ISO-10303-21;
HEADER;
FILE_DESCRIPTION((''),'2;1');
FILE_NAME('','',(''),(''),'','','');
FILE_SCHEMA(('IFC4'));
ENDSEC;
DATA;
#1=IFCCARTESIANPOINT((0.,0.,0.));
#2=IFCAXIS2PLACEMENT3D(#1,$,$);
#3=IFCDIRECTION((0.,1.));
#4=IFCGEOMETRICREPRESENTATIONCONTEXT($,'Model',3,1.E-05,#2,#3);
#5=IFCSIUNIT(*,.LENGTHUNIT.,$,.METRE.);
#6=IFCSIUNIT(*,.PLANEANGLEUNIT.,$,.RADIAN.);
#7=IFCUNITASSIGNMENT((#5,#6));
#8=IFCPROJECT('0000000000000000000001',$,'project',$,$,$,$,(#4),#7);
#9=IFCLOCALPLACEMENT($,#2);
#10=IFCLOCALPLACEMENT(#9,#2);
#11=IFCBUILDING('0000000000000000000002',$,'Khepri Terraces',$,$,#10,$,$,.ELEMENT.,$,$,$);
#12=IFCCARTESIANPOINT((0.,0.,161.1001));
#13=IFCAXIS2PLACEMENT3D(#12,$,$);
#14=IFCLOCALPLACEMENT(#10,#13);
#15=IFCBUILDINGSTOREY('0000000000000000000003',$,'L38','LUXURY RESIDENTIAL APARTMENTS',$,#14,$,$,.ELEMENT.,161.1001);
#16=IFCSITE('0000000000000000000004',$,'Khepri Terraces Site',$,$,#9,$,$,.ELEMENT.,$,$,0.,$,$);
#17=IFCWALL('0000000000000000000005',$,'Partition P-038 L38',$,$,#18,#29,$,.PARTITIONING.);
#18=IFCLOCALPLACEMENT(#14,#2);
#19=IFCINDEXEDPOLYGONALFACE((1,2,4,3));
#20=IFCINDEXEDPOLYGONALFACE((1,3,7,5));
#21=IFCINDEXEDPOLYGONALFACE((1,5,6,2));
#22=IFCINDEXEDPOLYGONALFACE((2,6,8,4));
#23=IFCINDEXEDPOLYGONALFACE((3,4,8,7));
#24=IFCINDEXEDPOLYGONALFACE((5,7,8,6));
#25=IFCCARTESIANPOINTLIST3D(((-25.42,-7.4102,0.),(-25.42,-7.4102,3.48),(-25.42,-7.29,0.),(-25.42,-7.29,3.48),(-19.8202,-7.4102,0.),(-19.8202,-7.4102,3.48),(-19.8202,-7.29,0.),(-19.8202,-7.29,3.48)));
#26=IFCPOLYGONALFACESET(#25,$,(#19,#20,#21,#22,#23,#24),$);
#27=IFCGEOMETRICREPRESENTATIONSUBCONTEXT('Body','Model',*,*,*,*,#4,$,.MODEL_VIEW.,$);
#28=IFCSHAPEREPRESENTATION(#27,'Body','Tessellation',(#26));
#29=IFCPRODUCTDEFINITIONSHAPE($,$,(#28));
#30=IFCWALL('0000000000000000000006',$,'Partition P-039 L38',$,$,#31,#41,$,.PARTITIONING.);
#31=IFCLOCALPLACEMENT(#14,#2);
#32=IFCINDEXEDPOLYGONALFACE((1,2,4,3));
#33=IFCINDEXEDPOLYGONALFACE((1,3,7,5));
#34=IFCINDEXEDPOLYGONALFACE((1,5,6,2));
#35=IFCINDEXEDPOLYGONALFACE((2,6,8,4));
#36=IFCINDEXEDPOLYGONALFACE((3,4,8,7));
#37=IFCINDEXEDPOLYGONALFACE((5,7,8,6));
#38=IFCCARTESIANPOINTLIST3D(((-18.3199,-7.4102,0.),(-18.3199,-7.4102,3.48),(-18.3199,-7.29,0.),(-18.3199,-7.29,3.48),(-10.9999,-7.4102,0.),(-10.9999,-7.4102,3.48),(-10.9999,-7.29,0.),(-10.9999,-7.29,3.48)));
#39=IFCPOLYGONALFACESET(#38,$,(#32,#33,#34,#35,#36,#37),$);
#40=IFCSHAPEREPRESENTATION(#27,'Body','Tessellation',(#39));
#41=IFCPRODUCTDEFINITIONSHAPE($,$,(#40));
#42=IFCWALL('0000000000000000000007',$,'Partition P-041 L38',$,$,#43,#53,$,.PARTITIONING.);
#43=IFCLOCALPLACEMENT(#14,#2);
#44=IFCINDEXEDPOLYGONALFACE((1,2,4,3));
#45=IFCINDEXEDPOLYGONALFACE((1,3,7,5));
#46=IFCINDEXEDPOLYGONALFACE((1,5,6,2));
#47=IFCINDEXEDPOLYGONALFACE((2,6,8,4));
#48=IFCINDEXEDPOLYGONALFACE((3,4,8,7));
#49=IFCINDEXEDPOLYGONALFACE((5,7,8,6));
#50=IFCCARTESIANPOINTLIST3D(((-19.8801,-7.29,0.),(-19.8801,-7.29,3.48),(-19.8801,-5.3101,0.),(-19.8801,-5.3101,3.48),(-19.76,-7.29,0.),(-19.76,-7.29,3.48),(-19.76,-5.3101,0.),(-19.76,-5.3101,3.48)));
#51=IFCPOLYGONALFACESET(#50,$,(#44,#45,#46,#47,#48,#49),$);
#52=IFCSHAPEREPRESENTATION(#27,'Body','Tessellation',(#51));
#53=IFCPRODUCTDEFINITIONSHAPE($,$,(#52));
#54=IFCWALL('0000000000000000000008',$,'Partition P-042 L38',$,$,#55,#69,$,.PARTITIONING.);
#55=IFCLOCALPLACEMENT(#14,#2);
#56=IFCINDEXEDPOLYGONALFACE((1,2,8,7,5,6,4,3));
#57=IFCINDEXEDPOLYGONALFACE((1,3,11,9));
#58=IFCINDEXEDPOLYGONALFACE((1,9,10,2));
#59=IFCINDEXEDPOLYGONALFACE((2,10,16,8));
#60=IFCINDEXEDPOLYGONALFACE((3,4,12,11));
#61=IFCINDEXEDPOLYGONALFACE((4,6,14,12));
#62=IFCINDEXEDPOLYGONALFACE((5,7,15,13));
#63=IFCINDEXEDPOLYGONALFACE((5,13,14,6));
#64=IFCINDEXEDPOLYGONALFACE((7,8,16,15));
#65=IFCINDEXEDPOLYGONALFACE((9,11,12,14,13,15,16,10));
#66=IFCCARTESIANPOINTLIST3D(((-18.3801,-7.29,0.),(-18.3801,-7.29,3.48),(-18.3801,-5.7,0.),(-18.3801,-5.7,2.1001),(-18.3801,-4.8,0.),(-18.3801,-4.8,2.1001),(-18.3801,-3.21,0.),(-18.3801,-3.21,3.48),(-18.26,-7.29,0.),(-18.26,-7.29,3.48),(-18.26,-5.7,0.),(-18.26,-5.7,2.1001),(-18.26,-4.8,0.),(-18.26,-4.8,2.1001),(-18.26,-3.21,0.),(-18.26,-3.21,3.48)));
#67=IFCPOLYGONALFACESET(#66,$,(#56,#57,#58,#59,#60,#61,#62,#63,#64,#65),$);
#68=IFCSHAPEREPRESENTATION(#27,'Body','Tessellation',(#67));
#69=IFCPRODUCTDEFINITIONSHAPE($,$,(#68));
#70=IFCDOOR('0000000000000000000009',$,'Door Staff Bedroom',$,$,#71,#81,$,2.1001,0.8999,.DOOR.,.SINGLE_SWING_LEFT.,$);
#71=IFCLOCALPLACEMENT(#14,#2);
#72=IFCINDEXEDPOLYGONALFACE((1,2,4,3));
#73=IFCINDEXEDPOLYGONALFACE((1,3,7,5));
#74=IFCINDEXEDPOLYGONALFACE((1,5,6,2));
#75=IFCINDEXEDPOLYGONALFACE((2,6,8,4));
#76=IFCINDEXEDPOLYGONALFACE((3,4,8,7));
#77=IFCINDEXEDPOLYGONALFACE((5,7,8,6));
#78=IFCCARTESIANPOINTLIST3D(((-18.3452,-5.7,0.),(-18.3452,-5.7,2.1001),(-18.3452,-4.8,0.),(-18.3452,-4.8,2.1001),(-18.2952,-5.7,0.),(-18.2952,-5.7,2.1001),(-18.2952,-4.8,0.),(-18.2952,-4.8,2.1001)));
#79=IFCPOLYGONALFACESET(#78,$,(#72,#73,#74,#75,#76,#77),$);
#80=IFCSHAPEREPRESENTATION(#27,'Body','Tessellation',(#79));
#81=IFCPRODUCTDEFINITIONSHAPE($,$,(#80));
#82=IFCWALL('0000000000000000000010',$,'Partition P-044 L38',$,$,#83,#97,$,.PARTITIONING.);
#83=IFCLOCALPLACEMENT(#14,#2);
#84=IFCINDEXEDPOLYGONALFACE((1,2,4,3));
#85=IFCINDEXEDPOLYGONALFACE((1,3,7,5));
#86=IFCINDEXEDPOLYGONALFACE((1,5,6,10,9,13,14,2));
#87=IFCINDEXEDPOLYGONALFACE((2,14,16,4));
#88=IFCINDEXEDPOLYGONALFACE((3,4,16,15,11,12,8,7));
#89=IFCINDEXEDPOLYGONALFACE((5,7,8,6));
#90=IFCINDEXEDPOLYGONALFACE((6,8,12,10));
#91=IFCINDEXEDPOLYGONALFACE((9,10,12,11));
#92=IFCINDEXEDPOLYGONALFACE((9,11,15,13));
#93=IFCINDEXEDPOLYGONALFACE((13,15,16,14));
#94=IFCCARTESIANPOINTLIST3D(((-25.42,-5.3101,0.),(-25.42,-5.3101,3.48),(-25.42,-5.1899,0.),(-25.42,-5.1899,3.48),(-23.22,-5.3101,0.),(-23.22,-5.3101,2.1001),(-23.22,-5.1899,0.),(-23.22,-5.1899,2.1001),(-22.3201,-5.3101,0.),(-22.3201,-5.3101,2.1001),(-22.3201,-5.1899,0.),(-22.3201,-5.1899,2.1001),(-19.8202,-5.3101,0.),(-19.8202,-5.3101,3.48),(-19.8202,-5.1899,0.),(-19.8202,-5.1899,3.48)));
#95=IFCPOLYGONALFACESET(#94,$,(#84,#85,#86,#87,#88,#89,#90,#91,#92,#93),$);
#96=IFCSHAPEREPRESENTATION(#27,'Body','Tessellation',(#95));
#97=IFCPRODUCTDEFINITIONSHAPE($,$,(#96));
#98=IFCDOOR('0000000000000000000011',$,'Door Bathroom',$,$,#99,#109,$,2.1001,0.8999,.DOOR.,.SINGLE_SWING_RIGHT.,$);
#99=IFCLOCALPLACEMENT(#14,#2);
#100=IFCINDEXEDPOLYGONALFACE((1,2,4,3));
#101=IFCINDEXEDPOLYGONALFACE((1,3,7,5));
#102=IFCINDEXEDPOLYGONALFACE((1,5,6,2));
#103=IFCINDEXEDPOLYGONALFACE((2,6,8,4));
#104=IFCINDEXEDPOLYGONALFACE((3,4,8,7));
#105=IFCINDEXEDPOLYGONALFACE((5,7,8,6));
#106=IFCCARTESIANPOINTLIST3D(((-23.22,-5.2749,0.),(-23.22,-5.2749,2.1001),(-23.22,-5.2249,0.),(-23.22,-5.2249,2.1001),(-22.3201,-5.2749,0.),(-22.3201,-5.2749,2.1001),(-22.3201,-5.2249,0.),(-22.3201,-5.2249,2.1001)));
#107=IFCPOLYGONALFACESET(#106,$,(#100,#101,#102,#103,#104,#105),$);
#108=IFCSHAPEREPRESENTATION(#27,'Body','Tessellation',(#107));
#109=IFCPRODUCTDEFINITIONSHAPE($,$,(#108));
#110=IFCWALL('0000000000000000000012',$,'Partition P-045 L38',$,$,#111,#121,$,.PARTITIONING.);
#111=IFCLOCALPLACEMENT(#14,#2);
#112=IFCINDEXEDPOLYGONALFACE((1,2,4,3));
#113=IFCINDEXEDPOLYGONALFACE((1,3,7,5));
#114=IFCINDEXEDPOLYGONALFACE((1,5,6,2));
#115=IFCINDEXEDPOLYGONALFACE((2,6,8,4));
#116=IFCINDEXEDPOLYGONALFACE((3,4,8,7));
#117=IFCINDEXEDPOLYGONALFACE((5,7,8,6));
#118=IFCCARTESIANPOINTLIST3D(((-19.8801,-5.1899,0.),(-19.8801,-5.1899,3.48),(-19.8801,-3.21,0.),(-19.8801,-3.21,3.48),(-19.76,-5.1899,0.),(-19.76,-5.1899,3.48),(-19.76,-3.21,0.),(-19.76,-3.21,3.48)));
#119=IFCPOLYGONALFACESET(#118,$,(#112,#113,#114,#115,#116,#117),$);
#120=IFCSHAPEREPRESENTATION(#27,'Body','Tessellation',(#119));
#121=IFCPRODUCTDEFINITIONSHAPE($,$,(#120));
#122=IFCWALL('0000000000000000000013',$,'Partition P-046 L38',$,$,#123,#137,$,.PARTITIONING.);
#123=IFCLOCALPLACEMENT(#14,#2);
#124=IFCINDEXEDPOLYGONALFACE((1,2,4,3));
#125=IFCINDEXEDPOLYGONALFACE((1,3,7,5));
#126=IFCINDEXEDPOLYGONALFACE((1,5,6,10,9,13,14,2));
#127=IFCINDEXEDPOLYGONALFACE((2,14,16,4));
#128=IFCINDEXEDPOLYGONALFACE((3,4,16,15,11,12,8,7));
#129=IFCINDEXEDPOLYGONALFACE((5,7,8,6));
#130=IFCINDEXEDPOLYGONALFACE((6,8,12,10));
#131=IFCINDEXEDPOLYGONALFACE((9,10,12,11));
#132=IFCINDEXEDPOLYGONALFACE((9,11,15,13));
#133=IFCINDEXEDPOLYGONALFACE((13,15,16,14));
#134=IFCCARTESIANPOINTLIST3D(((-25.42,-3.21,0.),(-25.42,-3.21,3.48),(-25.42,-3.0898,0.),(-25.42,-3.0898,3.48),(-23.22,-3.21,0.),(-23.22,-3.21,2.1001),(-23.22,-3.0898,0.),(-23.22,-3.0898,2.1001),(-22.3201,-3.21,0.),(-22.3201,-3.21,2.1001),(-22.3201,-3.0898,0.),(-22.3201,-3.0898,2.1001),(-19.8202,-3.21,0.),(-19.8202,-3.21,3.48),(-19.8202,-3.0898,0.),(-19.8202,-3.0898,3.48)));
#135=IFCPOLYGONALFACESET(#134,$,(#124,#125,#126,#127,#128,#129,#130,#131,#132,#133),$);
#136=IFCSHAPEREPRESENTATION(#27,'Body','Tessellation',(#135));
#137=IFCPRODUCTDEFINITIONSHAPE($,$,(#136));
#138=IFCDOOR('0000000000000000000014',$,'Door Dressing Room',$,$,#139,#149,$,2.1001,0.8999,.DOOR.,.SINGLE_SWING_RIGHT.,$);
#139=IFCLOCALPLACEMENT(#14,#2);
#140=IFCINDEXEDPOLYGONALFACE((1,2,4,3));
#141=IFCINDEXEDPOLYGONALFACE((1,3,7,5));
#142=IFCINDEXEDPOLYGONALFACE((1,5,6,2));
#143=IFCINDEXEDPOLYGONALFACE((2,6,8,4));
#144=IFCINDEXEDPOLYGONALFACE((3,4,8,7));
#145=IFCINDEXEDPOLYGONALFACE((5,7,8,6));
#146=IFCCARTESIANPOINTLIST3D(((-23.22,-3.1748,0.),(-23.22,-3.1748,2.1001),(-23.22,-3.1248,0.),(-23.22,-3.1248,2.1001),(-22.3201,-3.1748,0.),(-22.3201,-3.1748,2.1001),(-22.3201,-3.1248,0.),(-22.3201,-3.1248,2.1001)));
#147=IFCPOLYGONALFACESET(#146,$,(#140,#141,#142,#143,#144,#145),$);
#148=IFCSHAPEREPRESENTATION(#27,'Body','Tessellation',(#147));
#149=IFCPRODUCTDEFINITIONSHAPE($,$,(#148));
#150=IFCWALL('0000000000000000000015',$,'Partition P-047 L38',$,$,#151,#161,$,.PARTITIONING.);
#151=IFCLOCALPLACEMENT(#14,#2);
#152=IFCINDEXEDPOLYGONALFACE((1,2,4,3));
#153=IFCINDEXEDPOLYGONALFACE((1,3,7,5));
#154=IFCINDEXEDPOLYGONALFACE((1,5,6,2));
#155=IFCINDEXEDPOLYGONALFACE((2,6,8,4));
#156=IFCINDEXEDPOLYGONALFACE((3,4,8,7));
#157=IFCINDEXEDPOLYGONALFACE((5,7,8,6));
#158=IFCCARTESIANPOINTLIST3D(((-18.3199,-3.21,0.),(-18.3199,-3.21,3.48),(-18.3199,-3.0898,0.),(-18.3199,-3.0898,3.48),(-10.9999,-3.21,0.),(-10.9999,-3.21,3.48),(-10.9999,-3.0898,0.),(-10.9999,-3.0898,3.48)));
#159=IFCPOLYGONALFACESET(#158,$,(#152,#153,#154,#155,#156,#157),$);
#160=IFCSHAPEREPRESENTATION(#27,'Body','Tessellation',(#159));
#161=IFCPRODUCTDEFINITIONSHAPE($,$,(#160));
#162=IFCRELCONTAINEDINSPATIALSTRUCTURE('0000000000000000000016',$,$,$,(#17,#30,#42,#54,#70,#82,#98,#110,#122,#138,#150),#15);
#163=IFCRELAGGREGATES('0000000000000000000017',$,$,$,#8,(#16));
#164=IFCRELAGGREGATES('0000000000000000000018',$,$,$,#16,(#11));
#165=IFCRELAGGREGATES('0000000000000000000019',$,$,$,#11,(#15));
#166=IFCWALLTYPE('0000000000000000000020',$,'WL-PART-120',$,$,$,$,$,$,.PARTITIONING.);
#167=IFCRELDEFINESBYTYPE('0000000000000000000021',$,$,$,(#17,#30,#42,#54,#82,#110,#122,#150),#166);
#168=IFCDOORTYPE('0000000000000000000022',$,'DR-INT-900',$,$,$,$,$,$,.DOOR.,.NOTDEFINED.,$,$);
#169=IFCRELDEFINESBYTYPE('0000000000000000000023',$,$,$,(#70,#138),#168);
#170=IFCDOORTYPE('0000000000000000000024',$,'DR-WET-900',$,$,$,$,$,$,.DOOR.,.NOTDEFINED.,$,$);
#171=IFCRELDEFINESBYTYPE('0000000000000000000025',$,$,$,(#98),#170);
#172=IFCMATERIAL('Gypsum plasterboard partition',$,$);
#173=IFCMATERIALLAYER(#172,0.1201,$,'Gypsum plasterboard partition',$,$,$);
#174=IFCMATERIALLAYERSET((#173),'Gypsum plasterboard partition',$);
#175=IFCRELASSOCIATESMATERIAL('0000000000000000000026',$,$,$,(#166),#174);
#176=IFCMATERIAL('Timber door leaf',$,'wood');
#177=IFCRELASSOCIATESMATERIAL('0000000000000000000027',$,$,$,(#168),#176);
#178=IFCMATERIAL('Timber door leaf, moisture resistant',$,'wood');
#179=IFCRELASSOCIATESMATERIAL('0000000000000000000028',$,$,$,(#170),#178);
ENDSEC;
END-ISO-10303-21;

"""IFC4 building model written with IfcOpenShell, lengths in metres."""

from ifc_helpers import new_model, si_unit, direction, frame, frame_2d, origin, place, context, subcontext, project, spatial, rectangle, extrude, material, layer, layer_set, type_object, element, fill, save


model = new_model("IFC4")

# Units and contexts
model_context = context("Model", 3, precision=1e-05, world=origin(), true_north=direction((0.0, 1.0)))
body_context = subcontext(model_context, "Body", "Model", "MODEL_VIEW")
ifc_project = project(units=[si_unit("LENGTHUNIT", "METRE"), si_unit("PLANEANGLEUNIT", "RADIAN")], contexts=[model_context])

# Site, building, storey
site_placement = place(None, origin())
site = spatial("IfcSite", under=ifc_project, at=site_placement, Name="Khepri Terraces Site", CompositionType="ELEMENT", RefElevation=0.0)
building_placement = place(site_placement, origin())
building = spatial("IfcBuilding", under=site, at=building_placement, Name="Khepri Terraces", CompositionType="ELEMENT")
storey_placement = place(building_placement, frame((0.0, 0.0, 161.1001)))
storey = spatial("IfcBuildingStorey", under=building, at=storey_placement, Name="L38", Description="LUXURY RESIDENTIAL APARTMENTS", CompositionType="ELEMENT", Elevation=161.1001)

# Shared definitions
ifc_material_1 = material(Name="Gypsum plasterboard partition")
ifc_layer_1 = layer(ifc_material_1, 0.1201, Name="Gypsum plasterboard partition")
ifc_layer_set_1 = layer_set([ifc_layer_1], Name="Gypsum plasterboard partition")
wall_type_1 = type_object("IfcWallType", Name="WL-PART-120", PredefinedType="PARTITIONING", material=ifc_layer_set_1)
ifc_material_2 = material(Name="Timber door leaf", Category="wood")
door_type_1 = type_object("IfcDoorType", Name="DR-INT-900", OperationType="NOTDEFINED", PredefinedType="DOOR", material=ifc_material_2)

# Shared definitions
ifc_material_3 = material(Name="Timber door leaf, moisture resistant", Category="wood")
door_type_2 = type_object("IfcDoorType", Name="DR-WET-900", OperationType="NOTDEFINED", PredefinedType="DOOR", material=ifc_material_3)

# Walls
wall_1_placement = place(storey_placement, frame((-25.4199, -7.3501, 0.0), z_axis=(0.0, 0.0, 1.0), x_axis=(1.0, 0.0, 0.0)))
element("IfcWall", 1, at=wall_1_placement, inside=storey, type_object=wall_type_1, Name="Partition P-038 L38", PredefinedType="PARTITIONING", context=body_context, shape_type="SweptSolid", body=[
    extrude(rectangle(XDim=5.5999, YDim=0.1201, at=frame_2d((2.7998, 0.0))), origin(), (0.0, 0.0, 1.0), 3.48),
])
wall_2_placement = place(storey_placement, frame((-18.3201, -7.3501, 0.0), z_axis=(0.0, 0.0, 1.0), x_axis=(1.0, 0.0, 0.0)))
element("IfcWall", 2, at=wall_2_placement, inside=storey, type_object=wall_type_1, Name="Partition P-039 L38", PredefinedType="PARTITIONING", context=body_context, shape_type="SweptSolid", body=[
    extrude(rectangle(XDim=7.3201, YDim=0.1201, at=frame_2d((3.6602, 0.0))), origin(), (0.0, 0.0, 1.0), 3.48),
])
wall_3_placement = place(storey_placement, frame((-19.8201, -7.29, 0.0), z_axis=(0.0, 0.0, 1.0), x_axis=(0.0, 1.0, 0.0)))
element("IfcWall", 3, at=wall_3_placement, inside=storey, type_object=wall_type_1, Name="Partition P-041 L38", PredefinedType="PARTITIONING", context=body_context, shape_type="SweptSolid", body=[
    extrude(rectangle(XDim=1.98, YDim=0.1201, at=frame_2d((0.99, 0.0))), origin(), (0.0, 0.0, 1.0), 3.48),
])

# Walls, openings, doors
wall_4_placement = place(storey_placement, frame((-18.3201, -7.29, 0.0), z_axis=(0.0, 0.0, 1.0), x_axis=(0.0, 1.0, 0.0)))
wall_4 = element("IfcWall", 4, at=wall_4_placement, inside=storey, type_object=wall_type_1, Name="Partition P-042 L38", PredefinedType="PARTITIONING", context=body_context, shape_type="SweptSolid", body=[
    extrude(rectangle(XDim=4.0801, YDim=0.1201, at=frame_2d((2.04, 0.0))), origin(), (0.0, 0.0, 1.0), 3.48),
])
opening_1_placement = place(wall_4_placement, frame((1.5901, 0.0, 0.0)))
opening_1 = element("IfcOpeningElement", 5, at=opening_1_placement, cuts=wall_4, PredefinedType="OPENING", context=body_context, shape_type="SweptSolid", body=[
    extrude(rectangle(XDim=0.8999, YDim=2.1001, at=frame_2d((0.45, 1.05))), frame((0.0, 0.0701, 0.0), z_axis=(0.0, -1.0, 0.0), x_axis=(1.0, 0.0, 0.0)), (0.0, 0.0, 1.0), 0.1401),
])
door_1_placement = place(opening_1_placement, frame((0.8999, 0.0, 0.0), z_axis=(0.0, 0.0, 1.0), x_axis=(-1.0, 0.0, 0.0)))
door_1 = element("IfcDoor", 6, at=door_1_placement, inside=storey, type_object=door_type_1, Name="Door Staff Bedroom", OperationType="SINGLE_SWING_LEFT", OverallHeight=2.1001, OverallWidth=0.8999, PredefinedType="DOOR", context=body_context, shape_type="SweptSolid", body=[
    extrude(rectangle(XDim=0.8999, YDim=2.1001, at=frame_2d((0.45, 1.05))), frame((0.0, 0.0249, 0.0), z_axis=(0.0, -1.0, 0.0), x_axis=(1.0, 0.0, 0.0)), (0.0, 0.0, 1.0), 0.05),
])
fill(opening_1, door_1)
wall_5_placement = place(storey_placement, frame((-25.4199, -5.25, 0.0), z_axis=(0.0, 0.0, 1.0), x_axis=(1.0, 0.0, 0.0)))
wall_5 = element("IfcWall", 7, at=wall_5_placement, inside=storey, type_object=wall_type_1, Name="Partition P-044 L38", PredefinedType="PARTITIONING", context=body_context, shape_type="SweptSolid", body=[
    extrude(rectangle(XDim=5.5999, YDim=0.1201, at=frame_2d((2.7998, 0.0))), origin(), (0.0, 0.0, 1.0), 3.48),
])
opening_2_placement = place(wall_5_placement, frame((2.2, 0.0, 0.0)))
opening_2 = element("IfcOpeningElement", 8, at=opening_2_placement, cuts=wall_5, PredefinedType="OPENING", context=body_context, shape_type="SweptSolid", body=[
    extrude(rectangle(XDim=0.8999, YDim=2.1001, at=frame_2d((0.45, 1.05))), frame((0.0, 0.0701, 0.0), z_axis=(0.0, -1.0, 0.0), x_axis=(1.0, 0.0, 0.0)), (0.0, 0.0, 1.0), 0.1401),
])
door_2_placement = place(opening_2_placement, frame((0.8999, 0.0, 0.0), z_axis=(0.0, 0.0, 1.0), x_axis=(-1.0, 0.0, 0.0)))
door_2 = element("IfcDoor", 9, at=door_2_placement, inside=storey, type_object=door_type_2, Name="Door Bathroom", OperationType="SINGLE_SWING_RIGHT", OverallHeight=2.1001, OverallWidth=0.8999, PredefinedType="DOOR", context=body_context, shape_type="SweptSolid", body=[
    extrude(rectangle(XDim=0.8999, YDim=2.1001, at=frame_2d((0.45, 1.05))), frame((0.0, 0.0249, 0.0), z_axis=(0.0, -1.0, 0.0), x_axis=(1.0, 0.0, 0.0)), (0.0, 0.0, 1.0), 0.05),
])
fill(opening_2, door_2)

# Wall
wall_6_placement = place(storey_placement, frame((-19.8201, -5.1899, 0.0), z_axis=(0.0, 0.0, 1.0), x_axis=(0.0, 1.0, 0.0)))
element("IfcWall", 10, at=wall_6_placement, inside=storey, type_object=wall_type_1, Name="Partition P-045 L38", PredefinedType="PARTITIONING", context=body_context, shape_type="SweptSolid", body=[
    extrude(rectangle(XDim=1.98, YDim=0.1201, at=frame_2d((0.99, 0.0))), origin(), (0.0, 0.0, 1.0), 3.48),
])

# Wall, opening, door
wall_7_placement = place(storey_placement, frame((-25.4199, -3.1499, 0.0), z_axis=(0.0, 0.0, 1.0), x_axis=(1.0, 0.0, 0.0)))
wall_7 = element("IfcWall", 11, at=wall_7_placement, inside=storey, type_object=wall_type_1, Name="Partition P-046 L38", PredefinedType="PARTITIONING", context=body_context, shape_type="SweptSolid", body=[
    extrude(rectangle(XDim=5.5999, YDim=0.1201, at=frame_2d((2.7998, 0.0))), origin(), (0.0, 0.0, 1.0), 3.48),
])
opening_3_placement = place(wall_7_placement, frame((2.2, 0.0, 0.0)))
opening_3 = element("IfcOpeningElement", 12, at=opening_3_placement, cuts=wall_7, PredefinedType="OPENING", context=body_context, shape_type="SweptSolid", body=[
    extrude(rectangle(XDim=0.8999, YDim=2.1001, at=frame_2d((0.45, 1.05))), frame((0.0, 0.0701, 0.0), z_axis=(0.0, -1.0, 0.0), x_axis=(1.0, 0.0, 0.0)), (0.0, 0.0, 1.0), 0.1401),
])
door_3_placement = place(opening_3_placement, frame((0.8999, 0.0, 0.0), z_axis=(0.0, 0.0, 1.0), x_axis=(-1.0, 0.0, 0.0)))
door_3 = element("IfcDoor", 13, at=door_3_placement, inside=storey, type_object=door_type_1, Name="Door Dressing Room", OperationType="SINGLE_SWING_RIGHT", OverallHeight=2.1001, OverallWidth=0.8999, PredefinedType="DOOR", context=body_context, shape_type="SweptSolid", body=[
    extrude(rectangle(XDim=0.8999, YDim=2.1001, at=frame_2d((0.45, 1.05))), frame((0.0, 0.0249, 0.0), z_axis=(0.0, -1.0, 0.0), x_axis=(1.0, 0.0, 0.0)), (0.0, 0.0, 1.0), 0.05),
])
fill(opening_3, door_3)

# Wall
wall_8_placement = place(storey_placement, frame((-18.3201, -3.1499, 0.0), z_axis=(0.0, 0.0, 1.0), x_axis=(1.0, 0.0, 0.0)))
element("IfcWall", 14, at=wall_8_placement, inside=storey, type_object=wall_type_1, Name="Partition P-047 L38", PredefinedType="PARTITIONING", context=body_context, shape_type="SweptSolid", body=[
    extrude(rectangle(XDim=7.3201, YDim=0.1201, at=frame_2d((3.6602, 0.0))), origin(), (0.0, 0.0, 1.0), 3.48),
])

save(model, "model.ifc")
